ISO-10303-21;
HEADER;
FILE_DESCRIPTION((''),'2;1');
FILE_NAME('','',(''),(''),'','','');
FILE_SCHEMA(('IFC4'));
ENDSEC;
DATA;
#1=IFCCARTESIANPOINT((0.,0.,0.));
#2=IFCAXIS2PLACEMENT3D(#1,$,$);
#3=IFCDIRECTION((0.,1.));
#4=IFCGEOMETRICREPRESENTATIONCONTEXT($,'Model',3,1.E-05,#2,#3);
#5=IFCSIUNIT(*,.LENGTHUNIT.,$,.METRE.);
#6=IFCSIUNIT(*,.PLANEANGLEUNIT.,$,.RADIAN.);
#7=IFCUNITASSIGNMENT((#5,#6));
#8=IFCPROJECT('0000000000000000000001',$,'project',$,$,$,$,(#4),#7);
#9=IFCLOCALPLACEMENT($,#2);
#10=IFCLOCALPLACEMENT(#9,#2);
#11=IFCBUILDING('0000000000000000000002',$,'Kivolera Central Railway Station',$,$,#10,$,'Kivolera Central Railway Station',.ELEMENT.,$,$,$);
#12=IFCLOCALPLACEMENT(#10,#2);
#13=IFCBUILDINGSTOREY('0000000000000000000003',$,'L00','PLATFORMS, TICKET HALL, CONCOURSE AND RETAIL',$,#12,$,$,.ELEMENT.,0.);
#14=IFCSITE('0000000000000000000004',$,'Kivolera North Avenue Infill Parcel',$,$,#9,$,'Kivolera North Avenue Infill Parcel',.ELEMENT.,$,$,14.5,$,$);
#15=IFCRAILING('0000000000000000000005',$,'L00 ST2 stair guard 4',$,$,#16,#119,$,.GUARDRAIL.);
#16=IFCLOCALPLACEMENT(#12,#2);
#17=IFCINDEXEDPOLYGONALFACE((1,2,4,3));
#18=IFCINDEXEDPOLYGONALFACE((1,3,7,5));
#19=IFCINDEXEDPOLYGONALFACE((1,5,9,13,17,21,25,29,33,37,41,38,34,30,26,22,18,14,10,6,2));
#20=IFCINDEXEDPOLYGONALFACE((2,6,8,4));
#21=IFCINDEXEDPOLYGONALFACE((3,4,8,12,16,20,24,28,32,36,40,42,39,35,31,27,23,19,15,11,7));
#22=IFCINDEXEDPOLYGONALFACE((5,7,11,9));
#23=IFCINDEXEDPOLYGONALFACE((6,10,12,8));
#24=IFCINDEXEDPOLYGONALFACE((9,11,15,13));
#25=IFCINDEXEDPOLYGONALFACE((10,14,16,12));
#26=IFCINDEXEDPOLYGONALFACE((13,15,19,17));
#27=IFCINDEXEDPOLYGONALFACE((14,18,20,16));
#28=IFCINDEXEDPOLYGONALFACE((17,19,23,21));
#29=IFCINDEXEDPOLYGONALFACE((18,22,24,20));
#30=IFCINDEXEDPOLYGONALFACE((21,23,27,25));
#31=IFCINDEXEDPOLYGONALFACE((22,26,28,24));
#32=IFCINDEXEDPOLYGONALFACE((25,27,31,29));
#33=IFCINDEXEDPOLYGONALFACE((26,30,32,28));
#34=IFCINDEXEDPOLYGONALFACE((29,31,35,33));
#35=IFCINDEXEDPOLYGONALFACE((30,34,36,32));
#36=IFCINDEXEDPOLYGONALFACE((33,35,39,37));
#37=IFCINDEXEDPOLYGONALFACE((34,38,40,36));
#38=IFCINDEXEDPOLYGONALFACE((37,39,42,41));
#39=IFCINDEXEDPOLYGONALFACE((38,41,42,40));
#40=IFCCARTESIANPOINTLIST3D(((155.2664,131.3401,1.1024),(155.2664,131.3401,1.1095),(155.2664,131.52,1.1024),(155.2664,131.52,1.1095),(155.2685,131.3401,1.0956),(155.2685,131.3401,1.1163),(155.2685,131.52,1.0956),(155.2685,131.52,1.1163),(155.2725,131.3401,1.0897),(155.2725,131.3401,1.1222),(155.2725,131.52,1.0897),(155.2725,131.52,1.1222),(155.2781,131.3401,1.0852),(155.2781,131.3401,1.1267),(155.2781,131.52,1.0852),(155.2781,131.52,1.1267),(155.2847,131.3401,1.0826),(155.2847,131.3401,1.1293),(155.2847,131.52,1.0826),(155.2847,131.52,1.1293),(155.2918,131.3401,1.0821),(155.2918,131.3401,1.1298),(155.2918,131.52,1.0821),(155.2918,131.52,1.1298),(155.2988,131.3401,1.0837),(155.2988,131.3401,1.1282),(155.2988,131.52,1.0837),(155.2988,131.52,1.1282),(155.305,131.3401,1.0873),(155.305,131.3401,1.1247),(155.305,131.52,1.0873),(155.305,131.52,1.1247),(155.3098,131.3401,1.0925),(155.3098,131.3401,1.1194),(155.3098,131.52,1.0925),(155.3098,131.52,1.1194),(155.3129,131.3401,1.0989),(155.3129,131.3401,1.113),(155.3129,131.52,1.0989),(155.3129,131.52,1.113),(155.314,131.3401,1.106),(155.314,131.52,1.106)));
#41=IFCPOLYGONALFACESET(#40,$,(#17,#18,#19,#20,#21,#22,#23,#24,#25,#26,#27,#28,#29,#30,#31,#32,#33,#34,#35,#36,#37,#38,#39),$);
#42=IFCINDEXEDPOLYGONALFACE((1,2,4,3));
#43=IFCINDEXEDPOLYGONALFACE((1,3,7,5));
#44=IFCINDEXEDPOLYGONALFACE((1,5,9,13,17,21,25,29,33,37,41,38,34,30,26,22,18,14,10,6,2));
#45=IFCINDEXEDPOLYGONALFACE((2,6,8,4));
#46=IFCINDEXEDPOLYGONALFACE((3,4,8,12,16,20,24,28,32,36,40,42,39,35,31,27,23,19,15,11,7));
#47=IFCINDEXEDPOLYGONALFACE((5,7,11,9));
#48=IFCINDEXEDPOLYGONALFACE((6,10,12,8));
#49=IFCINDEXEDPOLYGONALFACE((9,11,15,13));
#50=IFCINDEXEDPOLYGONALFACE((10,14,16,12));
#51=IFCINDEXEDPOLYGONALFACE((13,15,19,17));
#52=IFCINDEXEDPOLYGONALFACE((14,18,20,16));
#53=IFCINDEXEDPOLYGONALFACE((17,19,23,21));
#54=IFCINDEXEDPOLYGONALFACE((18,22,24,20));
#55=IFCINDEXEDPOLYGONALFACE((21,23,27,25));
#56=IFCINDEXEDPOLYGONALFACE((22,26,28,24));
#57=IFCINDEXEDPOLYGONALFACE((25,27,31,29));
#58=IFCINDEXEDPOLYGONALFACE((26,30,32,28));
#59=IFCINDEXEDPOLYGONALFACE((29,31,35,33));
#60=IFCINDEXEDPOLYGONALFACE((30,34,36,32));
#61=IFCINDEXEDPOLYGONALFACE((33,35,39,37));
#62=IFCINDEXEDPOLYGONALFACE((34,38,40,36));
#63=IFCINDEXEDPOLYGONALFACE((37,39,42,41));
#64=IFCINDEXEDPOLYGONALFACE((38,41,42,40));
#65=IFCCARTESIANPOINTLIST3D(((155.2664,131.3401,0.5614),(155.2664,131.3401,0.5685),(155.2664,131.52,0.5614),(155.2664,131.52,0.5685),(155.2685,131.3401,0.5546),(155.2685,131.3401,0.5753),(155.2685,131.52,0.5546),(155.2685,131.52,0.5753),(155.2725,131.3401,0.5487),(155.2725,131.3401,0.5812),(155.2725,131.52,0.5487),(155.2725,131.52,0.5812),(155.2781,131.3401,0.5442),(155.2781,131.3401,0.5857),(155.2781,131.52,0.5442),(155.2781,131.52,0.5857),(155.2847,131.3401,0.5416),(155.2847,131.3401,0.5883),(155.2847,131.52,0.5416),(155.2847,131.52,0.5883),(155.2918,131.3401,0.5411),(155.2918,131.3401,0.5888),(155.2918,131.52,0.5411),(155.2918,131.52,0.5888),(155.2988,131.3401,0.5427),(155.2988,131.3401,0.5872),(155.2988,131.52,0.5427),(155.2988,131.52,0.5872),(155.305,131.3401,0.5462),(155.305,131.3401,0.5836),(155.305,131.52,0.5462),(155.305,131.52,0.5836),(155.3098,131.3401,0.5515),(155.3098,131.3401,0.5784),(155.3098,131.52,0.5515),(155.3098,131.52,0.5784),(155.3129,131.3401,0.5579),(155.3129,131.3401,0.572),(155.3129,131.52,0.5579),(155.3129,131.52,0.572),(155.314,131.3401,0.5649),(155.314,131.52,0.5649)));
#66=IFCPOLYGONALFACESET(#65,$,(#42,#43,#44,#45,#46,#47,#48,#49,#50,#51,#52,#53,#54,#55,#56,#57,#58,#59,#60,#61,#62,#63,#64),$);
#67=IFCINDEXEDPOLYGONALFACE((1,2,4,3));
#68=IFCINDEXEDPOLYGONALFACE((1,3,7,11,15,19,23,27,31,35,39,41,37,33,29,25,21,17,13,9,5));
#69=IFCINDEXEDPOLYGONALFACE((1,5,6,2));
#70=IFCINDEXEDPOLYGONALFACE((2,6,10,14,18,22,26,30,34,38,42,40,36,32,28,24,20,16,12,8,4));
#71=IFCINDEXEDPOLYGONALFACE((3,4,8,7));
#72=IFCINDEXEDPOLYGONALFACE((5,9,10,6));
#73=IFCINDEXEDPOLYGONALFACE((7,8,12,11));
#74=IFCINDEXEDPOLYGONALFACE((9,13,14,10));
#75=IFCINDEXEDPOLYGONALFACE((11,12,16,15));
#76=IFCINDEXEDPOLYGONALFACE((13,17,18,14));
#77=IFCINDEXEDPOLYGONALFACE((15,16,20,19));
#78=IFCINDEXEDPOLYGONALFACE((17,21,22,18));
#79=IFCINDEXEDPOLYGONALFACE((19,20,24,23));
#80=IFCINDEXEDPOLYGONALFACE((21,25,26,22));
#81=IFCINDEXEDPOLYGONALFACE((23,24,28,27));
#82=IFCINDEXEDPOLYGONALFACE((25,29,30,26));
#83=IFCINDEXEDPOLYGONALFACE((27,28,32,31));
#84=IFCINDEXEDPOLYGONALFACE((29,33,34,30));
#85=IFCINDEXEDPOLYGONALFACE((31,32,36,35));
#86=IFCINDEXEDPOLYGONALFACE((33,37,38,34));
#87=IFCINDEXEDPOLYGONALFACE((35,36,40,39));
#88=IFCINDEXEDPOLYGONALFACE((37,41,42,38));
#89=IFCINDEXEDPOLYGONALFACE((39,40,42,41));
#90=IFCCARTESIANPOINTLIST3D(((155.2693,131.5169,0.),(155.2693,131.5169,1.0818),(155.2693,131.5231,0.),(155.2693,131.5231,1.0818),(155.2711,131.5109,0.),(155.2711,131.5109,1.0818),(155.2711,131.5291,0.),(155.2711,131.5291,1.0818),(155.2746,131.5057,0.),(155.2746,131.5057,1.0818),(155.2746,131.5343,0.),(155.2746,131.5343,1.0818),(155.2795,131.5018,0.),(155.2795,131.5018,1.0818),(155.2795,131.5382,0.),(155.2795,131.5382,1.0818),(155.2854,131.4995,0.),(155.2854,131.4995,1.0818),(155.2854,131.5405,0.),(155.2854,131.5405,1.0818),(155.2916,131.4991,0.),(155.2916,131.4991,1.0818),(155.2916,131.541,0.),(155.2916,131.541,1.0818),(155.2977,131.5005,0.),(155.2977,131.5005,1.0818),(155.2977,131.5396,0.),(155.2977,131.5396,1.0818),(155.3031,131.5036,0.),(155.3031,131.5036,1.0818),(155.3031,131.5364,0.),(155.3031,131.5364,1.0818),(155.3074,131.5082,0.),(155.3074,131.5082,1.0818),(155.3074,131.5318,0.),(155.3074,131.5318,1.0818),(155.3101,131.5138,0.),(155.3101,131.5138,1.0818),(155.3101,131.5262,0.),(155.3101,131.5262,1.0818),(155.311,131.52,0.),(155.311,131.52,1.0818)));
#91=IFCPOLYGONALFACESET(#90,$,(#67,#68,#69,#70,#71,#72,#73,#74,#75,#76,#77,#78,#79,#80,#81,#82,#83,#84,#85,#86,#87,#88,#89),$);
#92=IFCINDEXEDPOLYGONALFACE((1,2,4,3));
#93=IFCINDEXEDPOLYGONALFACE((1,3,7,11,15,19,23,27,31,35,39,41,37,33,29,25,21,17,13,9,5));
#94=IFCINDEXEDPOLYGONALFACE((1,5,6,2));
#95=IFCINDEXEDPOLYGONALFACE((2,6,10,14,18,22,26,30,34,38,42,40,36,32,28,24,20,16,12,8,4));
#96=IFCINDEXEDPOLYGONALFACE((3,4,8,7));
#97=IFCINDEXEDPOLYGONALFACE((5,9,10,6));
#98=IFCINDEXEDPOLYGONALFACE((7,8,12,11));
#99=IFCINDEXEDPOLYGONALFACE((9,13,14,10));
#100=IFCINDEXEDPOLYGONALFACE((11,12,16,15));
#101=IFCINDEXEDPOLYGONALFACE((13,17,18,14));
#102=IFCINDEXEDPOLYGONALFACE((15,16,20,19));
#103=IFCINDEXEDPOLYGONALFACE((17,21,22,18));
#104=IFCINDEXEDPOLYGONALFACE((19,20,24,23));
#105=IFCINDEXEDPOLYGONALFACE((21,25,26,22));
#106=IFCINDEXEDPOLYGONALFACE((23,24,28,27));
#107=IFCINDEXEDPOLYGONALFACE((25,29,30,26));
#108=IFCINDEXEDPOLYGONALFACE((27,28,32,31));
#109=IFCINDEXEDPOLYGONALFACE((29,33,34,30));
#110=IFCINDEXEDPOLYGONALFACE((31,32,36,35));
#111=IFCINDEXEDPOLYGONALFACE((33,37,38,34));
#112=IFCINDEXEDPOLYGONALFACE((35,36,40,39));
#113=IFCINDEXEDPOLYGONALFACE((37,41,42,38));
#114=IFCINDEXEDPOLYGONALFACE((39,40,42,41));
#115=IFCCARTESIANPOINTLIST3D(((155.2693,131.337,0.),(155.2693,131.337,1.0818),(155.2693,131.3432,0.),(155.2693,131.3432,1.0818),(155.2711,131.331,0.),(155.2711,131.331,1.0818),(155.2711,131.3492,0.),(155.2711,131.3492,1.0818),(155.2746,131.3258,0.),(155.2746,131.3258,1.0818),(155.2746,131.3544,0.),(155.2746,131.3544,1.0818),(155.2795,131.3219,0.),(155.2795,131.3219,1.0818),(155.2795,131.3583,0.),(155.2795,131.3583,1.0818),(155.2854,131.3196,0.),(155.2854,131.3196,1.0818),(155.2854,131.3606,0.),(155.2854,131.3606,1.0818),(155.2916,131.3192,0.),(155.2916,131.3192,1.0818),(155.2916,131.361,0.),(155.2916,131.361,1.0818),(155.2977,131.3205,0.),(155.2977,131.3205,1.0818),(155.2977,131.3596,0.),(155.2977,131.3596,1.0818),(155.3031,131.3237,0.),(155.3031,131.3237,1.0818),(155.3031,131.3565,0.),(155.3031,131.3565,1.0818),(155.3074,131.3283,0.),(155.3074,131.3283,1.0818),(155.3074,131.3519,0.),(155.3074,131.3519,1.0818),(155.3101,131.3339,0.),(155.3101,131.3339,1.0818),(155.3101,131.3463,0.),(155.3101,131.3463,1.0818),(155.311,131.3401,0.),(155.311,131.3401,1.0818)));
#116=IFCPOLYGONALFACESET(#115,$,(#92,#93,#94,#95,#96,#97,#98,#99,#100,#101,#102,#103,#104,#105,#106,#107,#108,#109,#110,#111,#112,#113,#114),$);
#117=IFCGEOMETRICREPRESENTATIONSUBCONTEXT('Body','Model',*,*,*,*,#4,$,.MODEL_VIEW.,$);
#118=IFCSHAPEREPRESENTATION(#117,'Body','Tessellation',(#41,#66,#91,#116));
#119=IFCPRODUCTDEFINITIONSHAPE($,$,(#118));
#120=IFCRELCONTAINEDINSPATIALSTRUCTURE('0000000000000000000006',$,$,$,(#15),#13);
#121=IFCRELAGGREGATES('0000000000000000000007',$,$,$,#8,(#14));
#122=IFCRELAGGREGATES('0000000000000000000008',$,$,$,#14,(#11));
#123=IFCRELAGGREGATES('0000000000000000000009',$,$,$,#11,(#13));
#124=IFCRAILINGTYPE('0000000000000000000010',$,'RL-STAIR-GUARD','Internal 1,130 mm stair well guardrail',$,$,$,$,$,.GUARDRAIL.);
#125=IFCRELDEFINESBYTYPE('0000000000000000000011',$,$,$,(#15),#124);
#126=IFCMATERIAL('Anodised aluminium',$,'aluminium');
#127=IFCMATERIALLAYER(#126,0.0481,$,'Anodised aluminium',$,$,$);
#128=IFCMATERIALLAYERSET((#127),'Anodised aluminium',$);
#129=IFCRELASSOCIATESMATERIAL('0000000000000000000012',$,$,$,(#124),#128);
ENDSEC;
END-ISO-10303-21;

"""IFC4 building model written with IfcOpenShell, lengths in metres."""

from ifc_helpers import new_model, si_unit, direction, frame, origin, origin_2d, place, context, subcontext, project, spatial, circle, extrude, material, layer, layer_set, type_object, element, save


model = new_model("IFC4")

# Units and contexts
model_context = context("Model", 3, precision=1e-05, world=origin(), true_north=direction((0.0, 1.0)))
body_context = subcontext(model_context, "Body", "Model", "MODEL_VIEW")
ifc_project = project(units=[si_unit("LENGTHUNIT", "METRE"), si_unit("PLANEANGLEUNIT", "RADIAN")], contexts=[model_context])

# Site, building, storey
site_placement = place(None, origin())
site = spatial("IfcSite", under=ifc_project, at=site_placement, Name="Kivolera North Avenue Infill Parcel", LongName="Kivolera North Avenue Infill Parcel", CompositionType="ELEMENT", RefElevation=14.5)
building_placement = place(site_placement, origin())
building = spatial("IfcBuilding", under=site, at=building_placement, Name="Kivolera Central Railway Station", LongName="Kivolera Central Railway Station", CompositionType="ELEMENT")
storey_placement = place(building_placement, origin())
storey = spatial("IfcBuildingStorey", under=building, at=storey_placement, Name="L00", Description="PLATFORMS, TICKET HALL, CONCOURSE AND RETAIL", CompositionType="ELEMENT", Elevation=0.0)

# Shared definitions
ifc_material_1 = material(Name="Anodised aluminium", Category="aluminium")

# Railing
ifc_layer_1 = layer(ifc_material_1, 0.0481, Name="Anodised aluminium")
ifc_layer_set_1 = layer_set([ifc_layer_1], Name="Anodised aluminium")
railing_type_1 = type_object("IfcRailingType", Name="RL-STAIR-GUARD", Description="Internal 1,130 mm stair well guardrail", PredefinedType="GUARDRAIL", material=ifc_layer_set_1)
for number, where, name in (
    (1, (155.29, 131.52, 0.0), "L00 ST2 stair guard 4"),
):
    element("IfcRailing", number, at=place(storey_placement, frame(where)), inside=storey, type_object=railing_type_1, Name=name, PredefinedType="GUARDRAIL", context=body_context, shape_type="SweptSolid", body=[
        extrude(circle(Radius=0.0239, at=origin_2d()), frame((0.0, 0.0, 1.106), z_axis=(0.0, -1.0, 0.0), x_axis=(1.0, 0.0, 0.0)), (0.0, 0.0, 1.0), 0.1799),
        extrude(circle(Radius=0.0239, at=origin_2d()), frame((0.0, 0.0, 0.5649), z_axis=(0.0, -1.0, 0.0), x_axis=(1.0, 0.0, 0.0)), (0.0, 0.0, 1.0), 0.1799),
        extrude(circle(Radius=0.021, at=origin_2d()), origin(), (0.0, 0.0, 1.0), 1.0818),
        extrude(circle(Radius=0.021, at=origin_2d()), frame((0.0, -0.1799, 0.0)), (0.0, 0.0, 1.0), 1.0818),
    ])

save(model, "model.ifc")
